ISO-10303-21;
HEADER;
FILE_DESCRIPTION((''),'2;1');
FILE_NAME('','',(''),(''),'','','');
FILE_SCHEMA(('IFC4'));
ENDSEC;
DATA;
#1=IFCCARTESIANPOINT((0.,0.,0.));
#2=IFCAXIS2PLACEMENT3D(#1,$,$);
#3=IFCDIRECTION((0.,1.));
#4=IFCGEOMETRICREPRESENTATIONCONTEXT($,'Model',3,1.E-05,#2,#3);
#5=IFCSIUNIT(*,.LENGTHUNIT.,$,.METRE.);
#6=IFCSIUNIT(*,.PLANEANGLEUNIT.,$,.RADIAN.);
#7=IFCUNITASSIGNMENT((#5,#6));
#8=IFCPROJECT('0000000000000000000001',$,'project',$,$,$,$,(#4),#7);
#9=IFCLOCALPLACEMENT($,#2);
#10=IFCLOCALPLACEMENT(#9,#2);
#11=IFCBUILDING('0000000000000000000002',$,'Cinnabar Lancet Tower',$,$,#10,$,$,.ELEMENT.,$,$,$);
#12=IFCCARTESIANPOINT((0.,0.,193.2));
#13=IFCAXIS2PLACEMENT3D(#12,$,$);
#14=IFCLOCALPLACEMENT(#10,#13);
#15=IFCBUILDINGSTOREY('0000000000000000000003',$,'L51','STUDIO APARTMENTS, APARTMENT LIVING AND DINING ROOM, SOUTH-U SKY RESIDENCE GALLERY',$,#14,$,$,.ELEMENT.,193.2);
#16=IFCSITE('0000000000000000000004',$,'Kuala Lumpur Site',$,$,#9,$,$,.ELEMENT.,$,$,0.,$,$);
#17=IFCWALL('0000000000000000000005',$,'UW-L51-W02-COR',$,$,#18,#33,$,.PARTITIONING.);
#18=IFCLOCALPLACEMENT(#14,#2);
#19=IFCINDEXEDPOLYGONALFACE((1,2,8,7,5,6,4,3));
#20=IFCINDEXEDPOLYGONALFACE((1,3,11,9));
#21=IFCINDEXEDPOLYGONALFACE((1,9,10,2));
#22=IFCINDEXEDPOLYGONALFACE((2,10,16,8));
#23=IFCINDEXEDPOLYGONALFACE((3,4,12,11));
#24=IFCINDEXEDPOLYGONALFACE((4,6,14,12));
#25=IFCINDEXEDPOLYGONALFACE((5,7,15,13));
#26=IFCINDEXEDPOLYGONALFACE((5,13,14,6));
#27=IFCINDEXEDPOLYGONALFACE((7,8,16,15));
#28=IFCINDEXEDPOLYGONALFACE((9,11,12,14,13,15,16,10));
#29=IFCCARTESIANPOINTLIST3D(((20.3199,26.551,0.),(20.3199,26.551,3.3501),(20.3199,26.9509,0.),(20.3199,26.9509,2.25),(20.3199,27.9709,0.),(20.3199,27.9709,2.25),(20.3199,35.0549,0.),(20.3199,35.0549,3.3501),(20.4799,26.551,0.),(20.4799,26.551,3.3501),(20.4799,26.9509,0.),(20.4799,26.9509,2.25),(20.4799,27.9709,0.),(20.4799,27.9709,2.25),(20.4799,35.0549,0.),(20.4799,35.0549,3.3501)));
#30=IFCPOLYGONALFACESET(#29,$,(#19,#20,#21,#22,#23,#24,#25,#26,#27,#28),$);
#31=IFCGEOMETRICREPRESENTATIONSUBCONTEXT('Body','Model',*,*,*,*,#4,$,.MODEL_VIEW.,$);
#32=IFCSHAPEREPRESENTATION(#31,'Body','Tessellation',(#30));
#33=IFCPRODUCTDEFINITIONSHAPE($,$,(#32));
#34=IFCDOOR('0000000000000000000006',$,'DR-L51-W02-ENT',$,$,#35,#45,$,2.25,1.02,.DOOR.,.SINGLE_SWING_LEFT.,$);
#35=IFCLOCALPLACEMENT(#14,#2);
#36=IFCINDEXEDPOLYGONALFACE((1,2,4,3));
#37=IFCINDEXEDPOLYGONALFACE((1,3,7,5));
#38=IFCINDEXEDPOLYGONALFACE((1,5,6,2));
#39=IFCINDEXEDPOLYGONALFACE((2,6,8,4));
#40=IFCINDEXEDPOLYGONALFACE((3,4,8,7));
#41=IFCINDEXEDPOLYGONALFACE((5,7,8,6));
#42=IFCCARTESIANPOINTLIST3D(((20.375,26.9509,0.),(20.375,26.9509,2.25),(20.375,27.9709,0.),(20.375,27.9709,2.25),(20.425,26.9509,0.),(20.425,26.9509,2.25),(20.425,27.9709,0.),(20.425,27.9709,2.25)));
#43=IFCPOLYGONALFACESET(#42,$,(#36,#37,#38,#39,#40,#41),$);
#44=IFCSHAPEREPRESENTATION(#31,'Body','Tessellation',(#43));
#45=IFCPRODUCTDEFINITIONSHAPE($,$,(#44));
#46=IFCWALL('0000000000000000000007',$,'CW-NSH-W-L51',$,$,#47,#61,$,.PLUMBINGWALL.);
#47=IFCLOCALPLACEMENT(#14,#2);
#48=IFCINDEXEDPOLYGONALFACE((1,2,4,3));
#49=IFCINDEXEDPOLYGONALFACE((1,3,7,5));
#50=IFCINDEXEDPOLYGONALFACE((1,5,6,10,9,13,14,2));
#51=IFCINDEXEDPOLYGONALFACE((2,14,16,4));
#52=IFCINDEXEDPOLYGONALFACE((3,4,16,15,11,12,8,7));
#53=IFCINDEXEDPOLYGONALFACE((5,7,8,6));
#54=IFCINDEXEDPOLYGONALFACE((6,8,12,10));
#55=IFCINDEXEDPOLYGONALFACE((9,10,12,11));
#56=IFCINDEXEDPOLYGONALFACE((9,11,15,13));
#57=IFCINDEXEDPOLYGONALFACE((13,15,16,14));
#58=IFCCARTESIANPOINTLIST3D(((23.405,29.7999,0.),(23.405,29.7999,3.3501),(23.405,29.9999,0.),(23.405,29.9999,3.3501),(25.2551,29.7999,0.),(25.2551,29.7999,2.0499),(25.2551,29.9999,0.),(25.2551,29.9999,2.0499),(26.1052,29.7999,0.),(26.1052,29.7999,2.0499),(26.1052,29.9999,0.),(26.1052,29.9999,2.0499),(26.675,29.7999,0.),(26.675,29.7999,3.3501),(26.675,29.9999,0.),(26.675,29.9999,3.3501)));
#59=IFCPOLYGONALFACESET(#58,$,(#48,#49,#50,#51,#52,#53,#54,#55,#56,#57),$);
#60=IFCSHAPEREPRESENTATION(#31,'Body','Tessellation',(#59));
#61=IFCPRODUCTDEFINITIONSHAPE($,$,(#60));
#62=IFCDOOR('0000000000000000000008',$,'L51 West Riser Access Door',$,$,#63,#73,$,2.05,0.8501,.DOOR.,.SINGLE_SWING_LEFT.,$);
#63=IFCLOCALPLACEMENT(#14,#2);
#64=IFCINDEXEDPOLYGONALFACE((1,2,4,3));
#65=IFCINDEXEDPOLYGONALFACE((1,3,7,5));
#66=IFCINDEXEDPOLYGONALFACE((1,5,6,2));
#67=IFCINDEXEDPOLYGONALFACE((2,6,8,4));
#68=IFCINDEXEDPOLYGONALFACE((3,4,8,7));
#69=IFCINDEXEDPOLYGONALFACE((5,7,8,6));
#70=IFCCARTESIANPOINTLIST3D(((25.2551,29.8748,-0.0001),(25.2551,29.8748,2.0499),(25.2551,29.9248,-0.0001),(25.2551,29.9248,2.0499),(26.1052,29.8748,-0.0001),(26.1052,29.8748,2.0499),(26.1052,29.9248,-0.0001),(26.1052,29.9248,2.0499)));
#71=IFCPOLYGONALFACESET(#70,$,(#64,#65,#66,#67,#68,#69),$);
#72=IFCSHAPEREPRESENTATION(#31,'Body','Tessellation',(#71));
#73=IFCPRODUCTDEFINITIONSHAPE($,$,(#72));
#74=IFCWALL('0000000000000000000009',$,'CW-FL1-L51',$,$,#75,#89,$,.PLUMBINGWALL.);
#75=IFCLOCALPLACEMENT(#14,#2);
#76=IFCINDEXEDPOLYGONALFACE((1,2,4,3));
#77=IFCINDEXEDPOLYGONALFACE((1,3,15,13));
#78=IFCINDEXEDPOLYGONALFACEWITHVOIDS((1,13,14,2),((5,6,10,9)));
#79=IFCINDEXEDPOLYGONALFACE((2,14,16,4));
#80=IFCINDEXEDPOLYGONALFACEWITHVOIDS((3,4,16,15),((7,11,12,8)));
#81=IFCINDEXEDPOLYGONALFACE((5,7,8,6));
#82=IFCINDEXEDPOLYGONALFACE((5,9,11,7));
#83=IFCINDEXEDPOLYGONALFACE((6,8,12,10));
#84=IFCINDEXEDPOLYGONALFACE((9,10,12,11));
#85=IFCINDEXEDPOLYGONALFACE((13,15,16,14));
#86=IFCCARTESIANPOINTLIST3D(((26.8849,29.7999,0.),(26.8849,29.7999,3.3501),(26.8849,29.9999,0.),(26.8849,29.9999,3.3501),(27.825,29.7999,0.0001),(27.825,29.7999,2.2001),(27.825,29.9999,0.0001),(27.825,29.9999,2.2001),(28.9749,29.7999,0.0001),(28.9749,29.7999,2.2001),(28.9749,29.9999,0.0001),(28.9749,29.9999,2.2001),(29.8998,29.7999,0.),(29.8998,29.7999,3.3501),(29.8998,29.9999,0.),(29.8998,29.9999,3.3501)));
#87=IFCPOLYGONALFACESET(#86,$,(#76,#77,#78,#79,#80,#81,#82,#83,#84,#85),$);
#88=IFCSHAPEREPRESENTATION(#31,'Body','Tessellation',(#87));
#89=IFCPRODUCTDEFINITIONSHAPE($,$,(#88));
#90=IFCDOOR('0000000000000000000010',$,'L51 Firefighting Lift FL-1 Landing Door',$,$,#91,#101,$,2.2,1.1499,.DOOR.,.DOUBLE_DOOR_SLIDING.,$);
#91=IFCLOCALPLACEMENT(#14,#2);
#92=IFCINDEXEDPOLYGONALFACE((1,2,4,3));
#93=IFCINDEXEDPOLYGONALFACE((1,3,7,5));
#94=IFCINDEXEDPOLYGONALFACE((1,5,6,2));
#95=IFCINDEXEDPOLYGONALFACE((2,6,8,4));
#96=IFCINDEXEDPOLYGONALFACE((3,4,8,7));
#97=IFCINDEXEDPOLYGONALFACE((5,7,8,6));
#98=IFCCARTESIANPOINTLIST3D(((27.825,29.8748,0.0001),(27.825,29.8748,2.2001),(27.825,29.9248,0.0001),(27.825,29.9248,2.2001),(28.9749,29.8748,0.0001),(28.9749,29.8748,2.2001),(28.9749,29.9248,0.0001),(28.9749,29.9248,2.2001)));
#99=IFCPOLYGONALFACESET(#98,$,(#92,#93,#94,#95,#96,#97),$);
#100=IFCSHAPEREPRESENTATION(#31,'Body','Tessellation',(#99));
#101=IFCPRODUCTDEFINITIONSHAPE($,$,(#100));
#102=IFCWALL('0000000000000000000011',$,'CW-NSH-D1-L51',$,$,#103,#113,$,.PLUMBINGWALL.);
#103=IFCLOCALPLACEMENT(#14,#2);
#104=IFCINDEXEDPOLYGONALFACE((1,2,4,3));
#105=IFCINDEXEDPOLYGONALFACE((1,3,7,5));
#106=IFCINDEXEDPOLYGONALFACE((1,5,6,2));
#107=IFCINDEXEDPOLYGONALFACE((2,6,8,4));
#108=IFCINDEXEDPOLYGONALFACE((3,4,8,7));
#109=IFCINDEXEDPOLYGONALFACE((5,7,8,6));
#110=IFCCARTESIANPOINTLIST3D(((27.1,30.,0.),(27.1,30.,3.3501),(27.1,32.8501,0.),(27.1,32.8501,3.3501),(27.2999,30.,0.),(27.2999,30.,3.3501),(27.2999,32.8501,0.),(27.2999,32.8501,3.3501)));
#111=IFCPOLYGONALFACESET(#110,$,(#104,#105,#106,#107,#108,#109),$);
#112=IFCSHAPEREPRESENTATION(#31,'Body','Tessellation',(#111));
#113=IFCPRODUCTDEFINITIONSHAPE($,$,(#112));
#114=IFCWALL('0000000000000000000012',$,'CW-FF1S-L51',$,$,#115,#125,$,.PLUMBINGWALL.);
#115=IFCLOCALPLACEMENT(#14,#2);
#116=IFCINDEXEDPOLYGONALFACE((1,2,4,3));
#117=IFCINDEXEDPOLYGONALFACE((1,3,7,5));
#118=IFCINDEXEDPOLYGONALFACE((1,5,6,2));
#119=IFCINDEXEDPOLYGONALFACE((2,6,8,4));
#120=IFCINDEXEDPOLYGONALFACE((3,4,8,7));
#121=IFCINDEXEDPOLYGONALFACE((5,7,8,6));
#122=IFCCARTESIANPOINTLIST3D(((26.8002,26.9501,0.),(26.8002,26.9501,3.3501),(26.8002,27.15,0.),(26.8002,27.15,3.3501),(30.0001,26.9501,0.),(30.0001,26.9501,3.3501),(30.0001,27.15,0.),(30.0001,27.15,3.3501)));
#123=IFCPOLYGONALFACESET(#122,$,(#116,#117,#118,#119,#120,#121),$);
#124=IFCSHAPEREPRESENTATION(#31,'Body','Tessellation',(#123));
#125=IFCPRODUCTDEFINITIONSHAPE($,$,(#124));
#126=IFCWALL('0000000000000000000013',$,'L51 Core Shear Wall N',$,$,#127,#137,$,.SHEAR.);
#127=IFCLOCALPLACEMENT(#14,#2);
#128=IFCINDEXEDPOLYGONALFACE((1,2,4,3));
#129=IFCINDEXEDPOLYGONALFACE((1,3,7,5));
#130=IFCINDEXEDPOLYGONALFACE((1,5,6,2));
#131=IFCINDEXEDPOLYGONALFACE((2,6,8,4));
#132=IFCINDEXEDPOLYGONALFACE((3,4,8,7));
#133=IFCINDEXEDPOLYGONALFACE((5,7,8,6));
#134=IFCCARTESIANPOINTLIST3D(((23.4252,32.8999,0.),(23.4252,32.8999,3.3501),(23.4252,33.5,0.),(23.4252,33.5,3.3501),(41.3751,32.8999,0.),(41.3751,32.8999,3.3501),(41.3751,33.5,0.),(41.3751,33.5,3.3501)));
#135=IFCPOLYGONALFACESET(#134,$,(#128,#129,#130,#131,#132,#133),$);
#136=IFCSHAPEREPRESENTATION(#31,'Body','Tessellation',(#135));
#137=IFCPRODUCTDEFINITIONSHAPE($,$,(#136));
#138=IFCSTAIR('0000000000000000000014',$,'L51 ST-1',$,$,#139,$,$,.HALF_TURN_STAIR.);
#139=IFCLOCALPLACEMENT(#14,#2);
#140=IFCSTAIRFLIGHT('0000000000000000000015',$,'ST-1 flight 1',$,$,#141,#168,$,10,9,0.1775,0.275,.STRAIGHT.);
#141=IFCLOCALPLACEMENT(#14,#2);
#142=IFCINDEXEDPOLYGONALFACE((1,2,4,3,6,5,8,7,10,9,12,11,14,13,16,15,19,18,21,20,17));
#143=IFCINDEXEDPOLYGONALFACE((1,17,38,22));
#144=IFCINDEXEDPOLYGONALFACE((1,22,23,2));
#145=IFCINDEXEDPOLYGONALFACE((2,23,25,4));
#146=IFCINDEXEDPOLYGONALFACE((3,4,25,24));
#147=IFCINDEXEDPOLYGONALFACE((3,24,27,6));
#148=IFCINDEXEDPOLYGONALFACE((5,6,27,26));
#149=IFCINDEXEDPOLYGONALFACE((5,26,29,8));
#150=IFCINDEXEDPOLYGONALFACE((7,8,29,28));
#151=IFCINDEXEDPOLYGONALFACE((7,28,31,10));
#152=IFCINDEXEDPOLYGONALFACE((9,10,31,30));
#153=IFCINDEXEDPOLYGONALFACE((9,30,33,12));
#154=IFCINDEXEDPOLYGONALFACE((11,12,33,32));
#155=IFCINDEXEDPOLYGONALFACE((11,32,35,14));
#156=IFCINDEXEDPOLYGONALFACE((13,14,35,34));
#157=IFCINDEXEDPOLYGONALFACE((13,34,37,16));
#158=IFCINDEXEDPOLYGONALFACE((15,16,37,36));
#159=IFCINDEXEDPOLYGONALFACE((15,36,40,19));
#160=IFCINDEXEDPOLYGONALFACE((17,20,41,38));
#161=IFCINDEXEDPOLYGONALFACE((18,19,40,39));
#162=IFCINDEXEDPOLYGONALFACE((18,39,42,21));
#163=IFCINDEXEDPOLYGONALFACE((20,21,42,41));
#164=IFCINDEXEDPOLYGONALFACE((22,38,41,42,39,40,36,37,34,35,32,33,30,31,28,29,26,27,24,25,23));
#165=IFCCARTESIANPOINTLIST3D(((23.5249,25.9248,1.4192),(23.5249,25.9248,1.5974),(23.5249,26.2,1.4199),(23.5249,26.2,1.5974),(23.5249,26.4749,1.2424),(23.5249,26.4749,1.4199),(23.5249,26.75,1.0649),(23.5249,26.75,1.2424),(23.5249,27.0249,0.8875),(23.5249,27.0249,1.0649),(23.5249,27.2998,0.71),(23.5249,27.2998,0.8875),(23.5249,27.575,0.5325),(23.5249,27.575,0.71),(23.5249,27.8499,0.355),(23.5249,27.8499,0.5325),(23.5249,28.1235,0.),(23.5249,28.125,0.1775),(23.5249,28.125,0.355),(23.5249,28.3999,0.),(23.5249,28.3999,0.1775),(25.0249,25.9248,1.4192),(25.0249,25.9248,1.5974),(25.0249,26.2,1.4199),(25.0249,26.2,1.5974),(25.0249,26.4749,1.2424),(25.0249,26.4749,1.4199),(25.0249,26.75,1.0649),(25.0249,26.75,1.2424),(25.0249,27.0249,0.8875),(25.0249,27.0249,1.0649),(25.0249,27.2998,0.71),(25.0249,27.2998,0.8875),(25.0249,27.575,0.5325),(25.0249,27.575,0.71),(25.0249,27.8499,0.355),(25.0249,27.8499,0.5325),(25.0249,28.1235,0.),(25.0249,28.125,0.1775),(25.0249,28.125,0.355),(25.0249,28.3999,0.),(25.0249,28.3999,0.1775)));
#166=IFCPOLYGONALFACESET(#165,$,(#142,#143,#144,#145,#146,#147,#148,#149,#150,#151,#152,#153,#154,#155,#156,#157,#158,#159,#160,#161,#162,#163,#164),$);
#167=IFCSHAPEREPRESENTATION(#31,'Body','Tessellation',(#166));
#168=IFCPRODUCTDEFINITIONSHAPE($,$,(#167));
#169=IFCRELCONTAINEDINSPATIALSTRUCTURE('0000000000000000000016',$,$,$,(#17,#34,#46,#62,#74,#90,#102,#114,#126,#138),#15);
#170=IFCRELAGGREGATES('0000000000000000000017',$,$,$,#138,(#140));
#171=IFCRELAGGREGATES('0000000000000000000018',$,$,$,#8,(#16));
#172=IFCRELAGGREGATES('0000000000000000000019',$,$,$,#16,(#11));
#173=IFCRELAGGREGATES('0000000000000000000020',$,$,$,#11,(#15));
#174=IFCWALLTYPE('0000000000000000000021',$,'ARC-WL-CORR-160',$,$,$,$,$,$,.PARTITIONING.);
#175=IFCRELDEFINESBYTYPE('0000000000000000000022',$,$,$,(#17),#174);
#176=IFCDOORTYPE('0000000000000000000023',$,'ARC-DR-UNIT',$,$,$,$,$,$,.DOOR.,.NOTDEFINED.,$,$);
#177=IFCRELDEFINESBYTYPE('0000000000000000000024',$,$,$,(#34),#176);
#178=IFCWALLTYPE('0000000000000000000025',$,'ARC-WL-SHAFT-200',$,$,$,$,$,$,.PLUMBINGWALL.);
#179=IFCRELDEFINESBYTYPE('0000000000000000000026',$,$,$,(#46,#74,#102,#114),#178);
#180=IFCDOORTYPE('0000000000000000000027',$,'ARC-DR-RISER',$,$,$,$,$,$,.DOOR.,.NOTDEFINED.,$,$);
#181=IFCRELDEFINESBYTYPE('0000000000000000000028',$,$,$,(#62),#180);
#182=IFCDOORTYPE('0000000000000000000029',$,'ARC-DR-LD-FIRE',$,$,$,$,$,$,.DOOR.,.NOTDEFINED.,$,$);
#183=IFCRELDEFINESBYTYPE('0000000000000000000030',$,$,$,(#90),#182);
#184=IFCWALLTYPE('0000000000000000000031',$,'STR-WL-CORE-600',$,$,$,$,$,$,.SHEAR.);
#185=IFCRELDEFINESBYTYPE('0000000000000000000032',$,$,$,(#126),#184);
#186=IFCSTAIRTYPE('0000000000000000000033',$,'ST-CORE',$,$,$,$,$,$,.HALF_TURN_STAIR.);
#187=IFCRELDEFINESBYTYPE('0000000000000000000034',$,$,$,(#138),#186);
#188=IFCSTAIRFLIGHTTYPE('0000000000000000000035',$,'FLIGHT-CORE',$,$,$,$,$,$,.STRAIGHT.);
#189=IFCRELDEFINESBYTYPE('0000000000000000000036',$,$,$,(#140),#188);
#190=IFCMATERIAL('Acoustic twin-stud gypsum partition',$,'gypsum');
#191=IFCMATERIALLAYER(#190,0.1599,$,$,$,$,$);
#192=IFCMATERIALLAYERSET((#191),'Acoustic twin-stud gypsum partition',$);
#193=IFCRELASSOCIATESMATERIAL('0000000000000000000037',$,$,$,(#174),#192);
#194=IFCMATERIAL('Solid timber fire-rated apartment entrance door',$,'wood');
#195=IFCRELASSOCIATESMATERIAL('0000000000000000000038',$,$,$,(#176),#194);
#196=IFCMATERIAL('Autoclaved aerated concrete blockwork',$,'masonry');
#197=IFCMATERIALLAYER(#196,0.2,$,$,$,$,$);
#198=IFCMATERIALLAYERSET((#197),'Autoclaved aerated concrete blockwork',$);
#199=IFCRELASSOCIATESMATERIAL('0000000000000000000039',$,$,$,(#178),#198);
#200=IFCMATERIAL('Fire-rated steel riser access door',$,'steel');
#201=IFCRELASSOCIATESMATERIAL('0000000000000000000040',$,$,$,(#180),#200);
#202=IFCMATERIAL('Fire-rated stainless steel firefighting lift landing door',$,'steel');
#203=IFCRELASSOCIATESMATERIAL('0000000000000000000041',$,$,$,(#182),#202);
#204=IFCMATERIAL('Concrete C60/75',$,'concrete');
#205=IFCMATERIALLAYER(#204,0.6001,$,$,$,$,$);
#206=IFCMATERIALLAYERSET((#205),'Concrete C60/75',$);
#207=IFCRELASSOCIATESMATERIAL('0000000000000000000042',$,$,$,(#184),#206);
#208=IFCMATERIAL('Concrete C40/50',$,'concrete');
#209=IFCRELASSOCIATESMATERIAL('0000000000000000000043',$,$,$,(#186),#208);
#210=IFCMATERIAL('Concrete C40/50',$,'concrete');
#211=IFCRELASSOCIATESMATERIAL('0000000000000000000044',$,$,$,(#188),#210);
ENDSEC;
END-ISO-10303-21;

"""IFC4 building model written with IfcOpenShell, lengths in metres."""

from ifc_helpers import new_model, si_unit, direction, frame, frame_2d, origin, place, context, subcontext, project, spatial, polyline, rectangle, outline, extrude, material, layer, layer_set, type_object, element, fill, aggregate, save


model = new_model("IFC4")

# Units and contexts
model_context = context("Model", 3, precision=1e-05, world=origin(), true_north=direction((0.0, 1.0)))
body_context = subcontext(model_context, "Body", "Model", "MODEL_VIEW")
ifc_project = project(units=[si_unit("LENGTHUNIT", "METRE"), si_unit("PLANEANGLEUNIT", "RADIAN")], contexts=[model_context])

# Site, building, storey
site_placement = place(None, origin())
site = spatial("IfcSite", under=ifc_project, at=site_placement, Name="Kuala Lumpur Site", CompositionType="ELEMENT", RefElevation=0.0)
building_placement = place(site_placement, origin())
building = spatial("IfcBuilding", under=site, at=building_placement, Name="Cinnabar Lancet Tower", CompositionType="ELEMENT")
storey_placement = place(building_placement, frame((0.0, 0.0, 193.2)))
storey = spatial("IfcBuildingStorey", under=building, at=storey_placement, Name="L51", Description="STUDIO APARTMENTS, APARTMENT LIVING AND DINING ROOM, SOUTH-U SKY RESIDENCE GALLERY", CompositionType="ELEMENT", Elevation=193.2)

# Walls, openings, doors
ifc_material_1 = material(Name="Acoustic twin-stud gypsum partition", Category="gypsum")
ifc_layer_1 = layer(ifc_material_1, 0.1599)
ifc_layer_set_1 = layer_set([ifc_layer_1], Name="Acoustic twin-stud gypsum partition")
wall_type_1 = type_object("IfcWallType", Name="ARC-WL-CORR-160", PredefinedType="PARTITIONING", material=ifc_layer_set_1)
wall_1_placement = place(storey_placement, frame((20.3999, 26.551, 0.0), z_axis=(0.0, 0.0, 1.0), x_axis=(0.0, 1.0, 0.0)))
wall_1 = element("IfcWall", 1, at=wall_1_placement, inside=storey, type_object=wall_type_1, Name="UW-L51-W02-COR", PredefinedType="PARTITIONING", context=body_context, shape_type="SweptSolid", body=[
    extrude(rectangle(XDim=8.5039, YDim=0.1599, at=frame_2d((4.252, 0.0))), origin(), (0.0, 0.0, 1.0), 3.3501),
])
opening_1_placement = place(wall_1_placement, frame((0.3999, 0.0, 0.0)))
opening_1 = element("IfcOpeningElement", 2, at=opening_1_placement, cuts=wall_1, PredefinedType="OPENING", context=body_context, shape_type="SweptSolid", body=[
    extrude(rectangle(XDim=1.02, YDim=2.25, at=frame_2d((0.51, 1.125))), frame((0.0, 0.0898, 0.0), z_axis=(0.0, -1.0, 0.0), x_axis=(1.0, 0.0, 0.0)), (0.0, 0.0, 1.0), 0.1799),
])
ifc_material_2 = material(Name="Solid timber fire-rated apartment entrance door", Category="wood")
door_type_1 = type_object("IfcDoorType", Name="ARC-DR-UNIT", OperationType="NOTDEFINED", PredefinedType="DOOR", material=ifc_material_2)
door_1_placement = place(opening_1_placement, origin())
door_1 = element("IfcDoor", 3, at=door_1_placement, inside=storey, type_object=door_type_1, Name="DR-L51-W02-ENT", OperationType="SINGLE_SWING_LEFT", OverallHeight=2.25, OverallWidth=1.02, PredefinedType="DOOR", context=body_context, shape_type="SweptSolid", body=[
    extrude(rectangle(XDim=1.02, YDim=2.25, at=frame_2d((0.51, 1.125))), frame((0.0, 0.0249, 0.0), z_axis=(0.0, -1.0, 0.0), x_axis=(1.0, 0.0, 0.0)), (0.0, 0.0, 1.0), 0.05),
])
fill(opening_1, door_1)
ifc_material_3 = material(Name="Autoclaved aerated concrete blockwork", Category="masonry")
ifc_layer_2 = layer(ifc_material_3, 0.2)
ifc_layer_set_2 = layer_set([ifc_layer_2], Name="Autoclaved aerated concrete blockwork")
wall_type_2 = type_object("IfcWallType", Name="ARC-WL-SHAFT-200", PredefinedType="PLUMBINGWALL", material=ifc_layer_set_2)
wall_2_placement = place(storey_placement, frame((23.405, 29.8999, 0.0), z_axis=(0.0, 0.0, 1.0), x_axis=(1.0, 0.0, 0.0)))
wall_2 = element("IfcWall", 4, at=wall_2_placement, inside=storey, type_object=wall_type_2, Name="CW-NSH-W-L51", PredefinedType="PLUMBINGWALL", context=body_context, shape_type="SweptSolid", body=[
    extrude(rectangle(XDim=3.27, YDim=0.2, at=frame_2d((1.635, 0.0))), origin(), (0.0, 0.0, 1.0), 3.3501),
])
opening_2_placement = place(wall_2_placement, frame((1.8501, 0.0, 0.0)))
opening_2 = element("IfcOpeningElement", 5, at=opening_2_placement, cuts=wall_2, PredefinedType="OPENING", context=body_context, shape_type="SweptSolid", body=[
    extrude(rectangle(XDim=0.8501, YDim=2.05, at=frame_2d((0.425, 1.0249))), frame((0.0, 0.1099, 0.0), z_axis=(0.0, -1.0, 0.0), x_axis=(1.0, 0.0, 0.0)), (0.0, 0.0, 1.0), 0.22),
])
ifc_material_4 = material(Name="Fire-rated steel riser access door", Category="steel")
door_type_2 = type_object("IfcDoorType", Name="ARC-DR-RISER", OperationType="NOTDEFINED", PredefinedType="DOOR", material=ifc_material_4)
door_2_placement = place(opening_2_placement, origin())
door_2 = element("IfcDoor", 6, at=door_2_placement, inside=storey, type_object=door_type_2, Name="L51 West Riser Access Door", OperationType="SINGLE_SWING_LEFT", OverallHeight=2.05, OverallWidth=0.8501, PredefinedType="DOOR", context=body_context, shape_type="SweptSolid", body=[
    extrude(rectangle(XDim=0.8501, YDim=2.05, at=frame_2d((0.425, 1.0249))), frame((0.0, 0.0249, 0.0), z_axis=(0.0, -1.0, 0.0), x_axis=(1.0, 0.0, 0.0)), (0.0, 0.0, 1.0), 0.05),
])
fill(opening_2, door_2)
wall_3_placement = place(storey_placement, frame((26.885, 29.8999, 0.0), z_axis=(0.0, 0.0, 1.0), x_axis=(1.0, 0.0, 0.0)))
wall_3 = element("IfcWall", 7, at=wall_3_placement, inside=storey, type_object=wall_type_2, Name="CW-FL1-L51", PredefinedType="PLUMBINGWALL", context=body_context, shape_type="SweptSolid", body=[
    extrude(rectangle(XDim=3.0149, YDim=0.2, at=frame_2d((1.5073, 0.0))), origin(), (0.0, 0.0, 1.0), 3.3501),
])
opening_3_placement = place(wall_3_placement, frame((0.9399, 0.0, 0.0)))
opening_3 = element("IfcOpeningElement", 8, at=opening_3_placement, cuts=wall_3, PredefinedType="OPENING", context=body_context, shape_type="SweptSolid", body=[
    extrude(rectangle(XDim=1.1499, YDim=2.2, at=frame_2d((0.575, 1.1001))), frame((0.0, 0.1099, 0.0), z_axis=(0.0, -1.0, 0.0), x_axis=(1.0, 0.0, 0.0)), (0.0, 0.0, 1.0), 0.22),
])
ifc_material_5 = material(Name="Fire-rated stainless steel firefighting lift landing door", Category="steel")
door_type_3 = type_object("IfcDoorType", Name="ARC-DR-LD-FIRE", OperationType="NOTDEFINED", PredefinedType="DOOR", material=ifc_material_5)
door_3_placement = place(opening_3_placement, origin())
door_3 = element("IfcDoor", 9, at=door_3_placement, inside=storey, type_object=door_type_3, Name="L51 Firefighting Lift FL-1 Landing Door", OperationType="DOUBLE_DOOR_SLIDING", OverallHeight=2.2, OverallWidth=1.1499, PredefinedType="DOOR", context=body_context, shape_type="SweptSolid", body=[
    extrude(rectangle(XDim=1.1499, YDim=2.2, at=frame_2d((0.575, 1.1001))), frame((0.0, 0.0249, 0.0), z_axis=(0.0, -1.0, 0.0), x_axis=(1.0, 0.0, 0.0)), (0.0, 0.0, 1.0), 0.05),
])
fill(opening_3, door_3)

# Walls
wall_4_placement = place(storey_placement, frame((27.2, 30.0, 0.0), z_axis=(0.0, 0.0, 1.0), x_axis=(0.0, 1.0, 0.0)))
element("IfcWall", 10, at=wall_4_placement, inside=storey, type_object=wall_type_2, Name="CW-NSH-D1-L51", PredefinedType="PLUMBINGWALL", context=body_context, shape_type="SweptSolid", body=[
    extrude(rectangle(XDim=2.8501, YDim=0.2, at=frame_2d((1.425, 0.0))), origin(), (0.0, 0.0, 1.0), 3.3501),
])
wall_5_placement = place(storey_placement, frame((26.8, 27.05, 0.0), z_axis=(0.0, 0.0, 1.0), x_axis=(1.0, 0.0, 0.0)))
element("IfcWall", 11, at=wall_5_placement, inside=storey, type_object=wall_type_2, Name="CW-FF1S-L51", PredefinedType="PLUMBINGWALL", context=body_context, shape_type="SweptSolid", body=[
    extrude(rectangle(XDim=3.2, YDim=0.2, at=frame_2d((1.6001, 0.0))), origin(), (0.0, 0.0, 1.0), 3.3501),
])
ifc_material_6 = material(Name="Concrete C60/75", Category="concrete")
ifc_layer_3 = layer(ifc_material_6, 0.6001)
ifc_layer_set_3 = layer_set([ifc_layer_3], Name="Concrete C60/75")
wall_type_3 = type_object("IfcWallType", Name="STR-WL-CORE-600", PredefinedType="SHEAR", material=ifc_layer_set_3)
wall_6_placement = place(storey_placement, frame((23.425, 33.2, 0.0), z_axis=(0.0, 0.0, 1.0), x_axis=(1.0, 0.0, 0.0)))
element("IfcWall", 12, at=wall_6_placement, inside=storey, type_object=wall_type_3, Name="L51 Core Shear Wall N", PredefinedType="SHEAR", context=body_context, shape_type="SweptSolid", body=[
    extrude(rectangle(XDim=17.95, YDim=0.6001, at=frame_2d((8.9751, 0.0))), origin(), (0.0, 0.0, 1.0), 3.3501),
])

# Stair, stair flight
ifc_material_7 = material(Name="Concrete C40/50", Category="concrete")
stair_type = type_object("IfcStairType", Name="ST-CORE", PredefinedType="HALF_TURN_STAIR", material=ifc_material_7)
stair_placement = place(storey_placement, origin())
stair = element("IfcStair", 13, at=stair_placement, inside=storey, type_object=stair_type, Name="L51 ST-1", PredefinedType="HALF_TURN_STAIR")
ifc_material_8 = material(Name="Concrete C40/50", Category="concrete")
stair_flight_type = type_object("IfcStairFlightType", Name="FLIGHT-CORE", PredefinedType="STRAIGHT", material=ifc_material_8)
stair_flight_1_placement = place(storey_placement, frame((24.2749, 28.3999, 0.0), z_axis=(0.0, 0.0, 1.0), x_axis=(0.0, -1.0, 0.0)))
stair_flight_1 = element("IfcStairFlight", 14, at=stair_flight_1_placement, type_object=stair_flight_type, Name="ST-1 flight 1", NumberOfRisers=10, NumberOfTreads=9, PredefinedType="STRAIGHT", RiserHeight=0.1775, TreadLength=0.275, context=body_context, shape_type="SweptSolid", body=[
    extrude(outline(polyline([(0.0, 0.0), (0.0, 0.1775), (0.2749, 0.1775), (0.2749, 0.355), (0.55, 0.355), (0.55, 0.5325), (0.825, 0.5325), (0.825, 0.71), (1.1001, 0.71), (1.1001, 0.8875), (1.375, 0.8875), (1.375, 1.0649), (1.6499, 1.0649), (1.6499, 1.2424), (1.925, 1.2424), (1.925, 1.4199), (2.2, 1.4199), (2.2, 1.5974), (2.4751, 1.5974), (2.4751, 1.7749), (2.4751, 1.4192), (0.2764, 0.0), (0.0, 0.0)])), frame((0.0, 0.75, 0.0), z_axis=(0.0, -1.0, 0.0), x_axis=(1.0, 0.0, 0.0)), (0.0, 0.0, 1.0), 1.5),
])
aggregate(stair, [stair_flight_1])

save(model, "model.ifc")
